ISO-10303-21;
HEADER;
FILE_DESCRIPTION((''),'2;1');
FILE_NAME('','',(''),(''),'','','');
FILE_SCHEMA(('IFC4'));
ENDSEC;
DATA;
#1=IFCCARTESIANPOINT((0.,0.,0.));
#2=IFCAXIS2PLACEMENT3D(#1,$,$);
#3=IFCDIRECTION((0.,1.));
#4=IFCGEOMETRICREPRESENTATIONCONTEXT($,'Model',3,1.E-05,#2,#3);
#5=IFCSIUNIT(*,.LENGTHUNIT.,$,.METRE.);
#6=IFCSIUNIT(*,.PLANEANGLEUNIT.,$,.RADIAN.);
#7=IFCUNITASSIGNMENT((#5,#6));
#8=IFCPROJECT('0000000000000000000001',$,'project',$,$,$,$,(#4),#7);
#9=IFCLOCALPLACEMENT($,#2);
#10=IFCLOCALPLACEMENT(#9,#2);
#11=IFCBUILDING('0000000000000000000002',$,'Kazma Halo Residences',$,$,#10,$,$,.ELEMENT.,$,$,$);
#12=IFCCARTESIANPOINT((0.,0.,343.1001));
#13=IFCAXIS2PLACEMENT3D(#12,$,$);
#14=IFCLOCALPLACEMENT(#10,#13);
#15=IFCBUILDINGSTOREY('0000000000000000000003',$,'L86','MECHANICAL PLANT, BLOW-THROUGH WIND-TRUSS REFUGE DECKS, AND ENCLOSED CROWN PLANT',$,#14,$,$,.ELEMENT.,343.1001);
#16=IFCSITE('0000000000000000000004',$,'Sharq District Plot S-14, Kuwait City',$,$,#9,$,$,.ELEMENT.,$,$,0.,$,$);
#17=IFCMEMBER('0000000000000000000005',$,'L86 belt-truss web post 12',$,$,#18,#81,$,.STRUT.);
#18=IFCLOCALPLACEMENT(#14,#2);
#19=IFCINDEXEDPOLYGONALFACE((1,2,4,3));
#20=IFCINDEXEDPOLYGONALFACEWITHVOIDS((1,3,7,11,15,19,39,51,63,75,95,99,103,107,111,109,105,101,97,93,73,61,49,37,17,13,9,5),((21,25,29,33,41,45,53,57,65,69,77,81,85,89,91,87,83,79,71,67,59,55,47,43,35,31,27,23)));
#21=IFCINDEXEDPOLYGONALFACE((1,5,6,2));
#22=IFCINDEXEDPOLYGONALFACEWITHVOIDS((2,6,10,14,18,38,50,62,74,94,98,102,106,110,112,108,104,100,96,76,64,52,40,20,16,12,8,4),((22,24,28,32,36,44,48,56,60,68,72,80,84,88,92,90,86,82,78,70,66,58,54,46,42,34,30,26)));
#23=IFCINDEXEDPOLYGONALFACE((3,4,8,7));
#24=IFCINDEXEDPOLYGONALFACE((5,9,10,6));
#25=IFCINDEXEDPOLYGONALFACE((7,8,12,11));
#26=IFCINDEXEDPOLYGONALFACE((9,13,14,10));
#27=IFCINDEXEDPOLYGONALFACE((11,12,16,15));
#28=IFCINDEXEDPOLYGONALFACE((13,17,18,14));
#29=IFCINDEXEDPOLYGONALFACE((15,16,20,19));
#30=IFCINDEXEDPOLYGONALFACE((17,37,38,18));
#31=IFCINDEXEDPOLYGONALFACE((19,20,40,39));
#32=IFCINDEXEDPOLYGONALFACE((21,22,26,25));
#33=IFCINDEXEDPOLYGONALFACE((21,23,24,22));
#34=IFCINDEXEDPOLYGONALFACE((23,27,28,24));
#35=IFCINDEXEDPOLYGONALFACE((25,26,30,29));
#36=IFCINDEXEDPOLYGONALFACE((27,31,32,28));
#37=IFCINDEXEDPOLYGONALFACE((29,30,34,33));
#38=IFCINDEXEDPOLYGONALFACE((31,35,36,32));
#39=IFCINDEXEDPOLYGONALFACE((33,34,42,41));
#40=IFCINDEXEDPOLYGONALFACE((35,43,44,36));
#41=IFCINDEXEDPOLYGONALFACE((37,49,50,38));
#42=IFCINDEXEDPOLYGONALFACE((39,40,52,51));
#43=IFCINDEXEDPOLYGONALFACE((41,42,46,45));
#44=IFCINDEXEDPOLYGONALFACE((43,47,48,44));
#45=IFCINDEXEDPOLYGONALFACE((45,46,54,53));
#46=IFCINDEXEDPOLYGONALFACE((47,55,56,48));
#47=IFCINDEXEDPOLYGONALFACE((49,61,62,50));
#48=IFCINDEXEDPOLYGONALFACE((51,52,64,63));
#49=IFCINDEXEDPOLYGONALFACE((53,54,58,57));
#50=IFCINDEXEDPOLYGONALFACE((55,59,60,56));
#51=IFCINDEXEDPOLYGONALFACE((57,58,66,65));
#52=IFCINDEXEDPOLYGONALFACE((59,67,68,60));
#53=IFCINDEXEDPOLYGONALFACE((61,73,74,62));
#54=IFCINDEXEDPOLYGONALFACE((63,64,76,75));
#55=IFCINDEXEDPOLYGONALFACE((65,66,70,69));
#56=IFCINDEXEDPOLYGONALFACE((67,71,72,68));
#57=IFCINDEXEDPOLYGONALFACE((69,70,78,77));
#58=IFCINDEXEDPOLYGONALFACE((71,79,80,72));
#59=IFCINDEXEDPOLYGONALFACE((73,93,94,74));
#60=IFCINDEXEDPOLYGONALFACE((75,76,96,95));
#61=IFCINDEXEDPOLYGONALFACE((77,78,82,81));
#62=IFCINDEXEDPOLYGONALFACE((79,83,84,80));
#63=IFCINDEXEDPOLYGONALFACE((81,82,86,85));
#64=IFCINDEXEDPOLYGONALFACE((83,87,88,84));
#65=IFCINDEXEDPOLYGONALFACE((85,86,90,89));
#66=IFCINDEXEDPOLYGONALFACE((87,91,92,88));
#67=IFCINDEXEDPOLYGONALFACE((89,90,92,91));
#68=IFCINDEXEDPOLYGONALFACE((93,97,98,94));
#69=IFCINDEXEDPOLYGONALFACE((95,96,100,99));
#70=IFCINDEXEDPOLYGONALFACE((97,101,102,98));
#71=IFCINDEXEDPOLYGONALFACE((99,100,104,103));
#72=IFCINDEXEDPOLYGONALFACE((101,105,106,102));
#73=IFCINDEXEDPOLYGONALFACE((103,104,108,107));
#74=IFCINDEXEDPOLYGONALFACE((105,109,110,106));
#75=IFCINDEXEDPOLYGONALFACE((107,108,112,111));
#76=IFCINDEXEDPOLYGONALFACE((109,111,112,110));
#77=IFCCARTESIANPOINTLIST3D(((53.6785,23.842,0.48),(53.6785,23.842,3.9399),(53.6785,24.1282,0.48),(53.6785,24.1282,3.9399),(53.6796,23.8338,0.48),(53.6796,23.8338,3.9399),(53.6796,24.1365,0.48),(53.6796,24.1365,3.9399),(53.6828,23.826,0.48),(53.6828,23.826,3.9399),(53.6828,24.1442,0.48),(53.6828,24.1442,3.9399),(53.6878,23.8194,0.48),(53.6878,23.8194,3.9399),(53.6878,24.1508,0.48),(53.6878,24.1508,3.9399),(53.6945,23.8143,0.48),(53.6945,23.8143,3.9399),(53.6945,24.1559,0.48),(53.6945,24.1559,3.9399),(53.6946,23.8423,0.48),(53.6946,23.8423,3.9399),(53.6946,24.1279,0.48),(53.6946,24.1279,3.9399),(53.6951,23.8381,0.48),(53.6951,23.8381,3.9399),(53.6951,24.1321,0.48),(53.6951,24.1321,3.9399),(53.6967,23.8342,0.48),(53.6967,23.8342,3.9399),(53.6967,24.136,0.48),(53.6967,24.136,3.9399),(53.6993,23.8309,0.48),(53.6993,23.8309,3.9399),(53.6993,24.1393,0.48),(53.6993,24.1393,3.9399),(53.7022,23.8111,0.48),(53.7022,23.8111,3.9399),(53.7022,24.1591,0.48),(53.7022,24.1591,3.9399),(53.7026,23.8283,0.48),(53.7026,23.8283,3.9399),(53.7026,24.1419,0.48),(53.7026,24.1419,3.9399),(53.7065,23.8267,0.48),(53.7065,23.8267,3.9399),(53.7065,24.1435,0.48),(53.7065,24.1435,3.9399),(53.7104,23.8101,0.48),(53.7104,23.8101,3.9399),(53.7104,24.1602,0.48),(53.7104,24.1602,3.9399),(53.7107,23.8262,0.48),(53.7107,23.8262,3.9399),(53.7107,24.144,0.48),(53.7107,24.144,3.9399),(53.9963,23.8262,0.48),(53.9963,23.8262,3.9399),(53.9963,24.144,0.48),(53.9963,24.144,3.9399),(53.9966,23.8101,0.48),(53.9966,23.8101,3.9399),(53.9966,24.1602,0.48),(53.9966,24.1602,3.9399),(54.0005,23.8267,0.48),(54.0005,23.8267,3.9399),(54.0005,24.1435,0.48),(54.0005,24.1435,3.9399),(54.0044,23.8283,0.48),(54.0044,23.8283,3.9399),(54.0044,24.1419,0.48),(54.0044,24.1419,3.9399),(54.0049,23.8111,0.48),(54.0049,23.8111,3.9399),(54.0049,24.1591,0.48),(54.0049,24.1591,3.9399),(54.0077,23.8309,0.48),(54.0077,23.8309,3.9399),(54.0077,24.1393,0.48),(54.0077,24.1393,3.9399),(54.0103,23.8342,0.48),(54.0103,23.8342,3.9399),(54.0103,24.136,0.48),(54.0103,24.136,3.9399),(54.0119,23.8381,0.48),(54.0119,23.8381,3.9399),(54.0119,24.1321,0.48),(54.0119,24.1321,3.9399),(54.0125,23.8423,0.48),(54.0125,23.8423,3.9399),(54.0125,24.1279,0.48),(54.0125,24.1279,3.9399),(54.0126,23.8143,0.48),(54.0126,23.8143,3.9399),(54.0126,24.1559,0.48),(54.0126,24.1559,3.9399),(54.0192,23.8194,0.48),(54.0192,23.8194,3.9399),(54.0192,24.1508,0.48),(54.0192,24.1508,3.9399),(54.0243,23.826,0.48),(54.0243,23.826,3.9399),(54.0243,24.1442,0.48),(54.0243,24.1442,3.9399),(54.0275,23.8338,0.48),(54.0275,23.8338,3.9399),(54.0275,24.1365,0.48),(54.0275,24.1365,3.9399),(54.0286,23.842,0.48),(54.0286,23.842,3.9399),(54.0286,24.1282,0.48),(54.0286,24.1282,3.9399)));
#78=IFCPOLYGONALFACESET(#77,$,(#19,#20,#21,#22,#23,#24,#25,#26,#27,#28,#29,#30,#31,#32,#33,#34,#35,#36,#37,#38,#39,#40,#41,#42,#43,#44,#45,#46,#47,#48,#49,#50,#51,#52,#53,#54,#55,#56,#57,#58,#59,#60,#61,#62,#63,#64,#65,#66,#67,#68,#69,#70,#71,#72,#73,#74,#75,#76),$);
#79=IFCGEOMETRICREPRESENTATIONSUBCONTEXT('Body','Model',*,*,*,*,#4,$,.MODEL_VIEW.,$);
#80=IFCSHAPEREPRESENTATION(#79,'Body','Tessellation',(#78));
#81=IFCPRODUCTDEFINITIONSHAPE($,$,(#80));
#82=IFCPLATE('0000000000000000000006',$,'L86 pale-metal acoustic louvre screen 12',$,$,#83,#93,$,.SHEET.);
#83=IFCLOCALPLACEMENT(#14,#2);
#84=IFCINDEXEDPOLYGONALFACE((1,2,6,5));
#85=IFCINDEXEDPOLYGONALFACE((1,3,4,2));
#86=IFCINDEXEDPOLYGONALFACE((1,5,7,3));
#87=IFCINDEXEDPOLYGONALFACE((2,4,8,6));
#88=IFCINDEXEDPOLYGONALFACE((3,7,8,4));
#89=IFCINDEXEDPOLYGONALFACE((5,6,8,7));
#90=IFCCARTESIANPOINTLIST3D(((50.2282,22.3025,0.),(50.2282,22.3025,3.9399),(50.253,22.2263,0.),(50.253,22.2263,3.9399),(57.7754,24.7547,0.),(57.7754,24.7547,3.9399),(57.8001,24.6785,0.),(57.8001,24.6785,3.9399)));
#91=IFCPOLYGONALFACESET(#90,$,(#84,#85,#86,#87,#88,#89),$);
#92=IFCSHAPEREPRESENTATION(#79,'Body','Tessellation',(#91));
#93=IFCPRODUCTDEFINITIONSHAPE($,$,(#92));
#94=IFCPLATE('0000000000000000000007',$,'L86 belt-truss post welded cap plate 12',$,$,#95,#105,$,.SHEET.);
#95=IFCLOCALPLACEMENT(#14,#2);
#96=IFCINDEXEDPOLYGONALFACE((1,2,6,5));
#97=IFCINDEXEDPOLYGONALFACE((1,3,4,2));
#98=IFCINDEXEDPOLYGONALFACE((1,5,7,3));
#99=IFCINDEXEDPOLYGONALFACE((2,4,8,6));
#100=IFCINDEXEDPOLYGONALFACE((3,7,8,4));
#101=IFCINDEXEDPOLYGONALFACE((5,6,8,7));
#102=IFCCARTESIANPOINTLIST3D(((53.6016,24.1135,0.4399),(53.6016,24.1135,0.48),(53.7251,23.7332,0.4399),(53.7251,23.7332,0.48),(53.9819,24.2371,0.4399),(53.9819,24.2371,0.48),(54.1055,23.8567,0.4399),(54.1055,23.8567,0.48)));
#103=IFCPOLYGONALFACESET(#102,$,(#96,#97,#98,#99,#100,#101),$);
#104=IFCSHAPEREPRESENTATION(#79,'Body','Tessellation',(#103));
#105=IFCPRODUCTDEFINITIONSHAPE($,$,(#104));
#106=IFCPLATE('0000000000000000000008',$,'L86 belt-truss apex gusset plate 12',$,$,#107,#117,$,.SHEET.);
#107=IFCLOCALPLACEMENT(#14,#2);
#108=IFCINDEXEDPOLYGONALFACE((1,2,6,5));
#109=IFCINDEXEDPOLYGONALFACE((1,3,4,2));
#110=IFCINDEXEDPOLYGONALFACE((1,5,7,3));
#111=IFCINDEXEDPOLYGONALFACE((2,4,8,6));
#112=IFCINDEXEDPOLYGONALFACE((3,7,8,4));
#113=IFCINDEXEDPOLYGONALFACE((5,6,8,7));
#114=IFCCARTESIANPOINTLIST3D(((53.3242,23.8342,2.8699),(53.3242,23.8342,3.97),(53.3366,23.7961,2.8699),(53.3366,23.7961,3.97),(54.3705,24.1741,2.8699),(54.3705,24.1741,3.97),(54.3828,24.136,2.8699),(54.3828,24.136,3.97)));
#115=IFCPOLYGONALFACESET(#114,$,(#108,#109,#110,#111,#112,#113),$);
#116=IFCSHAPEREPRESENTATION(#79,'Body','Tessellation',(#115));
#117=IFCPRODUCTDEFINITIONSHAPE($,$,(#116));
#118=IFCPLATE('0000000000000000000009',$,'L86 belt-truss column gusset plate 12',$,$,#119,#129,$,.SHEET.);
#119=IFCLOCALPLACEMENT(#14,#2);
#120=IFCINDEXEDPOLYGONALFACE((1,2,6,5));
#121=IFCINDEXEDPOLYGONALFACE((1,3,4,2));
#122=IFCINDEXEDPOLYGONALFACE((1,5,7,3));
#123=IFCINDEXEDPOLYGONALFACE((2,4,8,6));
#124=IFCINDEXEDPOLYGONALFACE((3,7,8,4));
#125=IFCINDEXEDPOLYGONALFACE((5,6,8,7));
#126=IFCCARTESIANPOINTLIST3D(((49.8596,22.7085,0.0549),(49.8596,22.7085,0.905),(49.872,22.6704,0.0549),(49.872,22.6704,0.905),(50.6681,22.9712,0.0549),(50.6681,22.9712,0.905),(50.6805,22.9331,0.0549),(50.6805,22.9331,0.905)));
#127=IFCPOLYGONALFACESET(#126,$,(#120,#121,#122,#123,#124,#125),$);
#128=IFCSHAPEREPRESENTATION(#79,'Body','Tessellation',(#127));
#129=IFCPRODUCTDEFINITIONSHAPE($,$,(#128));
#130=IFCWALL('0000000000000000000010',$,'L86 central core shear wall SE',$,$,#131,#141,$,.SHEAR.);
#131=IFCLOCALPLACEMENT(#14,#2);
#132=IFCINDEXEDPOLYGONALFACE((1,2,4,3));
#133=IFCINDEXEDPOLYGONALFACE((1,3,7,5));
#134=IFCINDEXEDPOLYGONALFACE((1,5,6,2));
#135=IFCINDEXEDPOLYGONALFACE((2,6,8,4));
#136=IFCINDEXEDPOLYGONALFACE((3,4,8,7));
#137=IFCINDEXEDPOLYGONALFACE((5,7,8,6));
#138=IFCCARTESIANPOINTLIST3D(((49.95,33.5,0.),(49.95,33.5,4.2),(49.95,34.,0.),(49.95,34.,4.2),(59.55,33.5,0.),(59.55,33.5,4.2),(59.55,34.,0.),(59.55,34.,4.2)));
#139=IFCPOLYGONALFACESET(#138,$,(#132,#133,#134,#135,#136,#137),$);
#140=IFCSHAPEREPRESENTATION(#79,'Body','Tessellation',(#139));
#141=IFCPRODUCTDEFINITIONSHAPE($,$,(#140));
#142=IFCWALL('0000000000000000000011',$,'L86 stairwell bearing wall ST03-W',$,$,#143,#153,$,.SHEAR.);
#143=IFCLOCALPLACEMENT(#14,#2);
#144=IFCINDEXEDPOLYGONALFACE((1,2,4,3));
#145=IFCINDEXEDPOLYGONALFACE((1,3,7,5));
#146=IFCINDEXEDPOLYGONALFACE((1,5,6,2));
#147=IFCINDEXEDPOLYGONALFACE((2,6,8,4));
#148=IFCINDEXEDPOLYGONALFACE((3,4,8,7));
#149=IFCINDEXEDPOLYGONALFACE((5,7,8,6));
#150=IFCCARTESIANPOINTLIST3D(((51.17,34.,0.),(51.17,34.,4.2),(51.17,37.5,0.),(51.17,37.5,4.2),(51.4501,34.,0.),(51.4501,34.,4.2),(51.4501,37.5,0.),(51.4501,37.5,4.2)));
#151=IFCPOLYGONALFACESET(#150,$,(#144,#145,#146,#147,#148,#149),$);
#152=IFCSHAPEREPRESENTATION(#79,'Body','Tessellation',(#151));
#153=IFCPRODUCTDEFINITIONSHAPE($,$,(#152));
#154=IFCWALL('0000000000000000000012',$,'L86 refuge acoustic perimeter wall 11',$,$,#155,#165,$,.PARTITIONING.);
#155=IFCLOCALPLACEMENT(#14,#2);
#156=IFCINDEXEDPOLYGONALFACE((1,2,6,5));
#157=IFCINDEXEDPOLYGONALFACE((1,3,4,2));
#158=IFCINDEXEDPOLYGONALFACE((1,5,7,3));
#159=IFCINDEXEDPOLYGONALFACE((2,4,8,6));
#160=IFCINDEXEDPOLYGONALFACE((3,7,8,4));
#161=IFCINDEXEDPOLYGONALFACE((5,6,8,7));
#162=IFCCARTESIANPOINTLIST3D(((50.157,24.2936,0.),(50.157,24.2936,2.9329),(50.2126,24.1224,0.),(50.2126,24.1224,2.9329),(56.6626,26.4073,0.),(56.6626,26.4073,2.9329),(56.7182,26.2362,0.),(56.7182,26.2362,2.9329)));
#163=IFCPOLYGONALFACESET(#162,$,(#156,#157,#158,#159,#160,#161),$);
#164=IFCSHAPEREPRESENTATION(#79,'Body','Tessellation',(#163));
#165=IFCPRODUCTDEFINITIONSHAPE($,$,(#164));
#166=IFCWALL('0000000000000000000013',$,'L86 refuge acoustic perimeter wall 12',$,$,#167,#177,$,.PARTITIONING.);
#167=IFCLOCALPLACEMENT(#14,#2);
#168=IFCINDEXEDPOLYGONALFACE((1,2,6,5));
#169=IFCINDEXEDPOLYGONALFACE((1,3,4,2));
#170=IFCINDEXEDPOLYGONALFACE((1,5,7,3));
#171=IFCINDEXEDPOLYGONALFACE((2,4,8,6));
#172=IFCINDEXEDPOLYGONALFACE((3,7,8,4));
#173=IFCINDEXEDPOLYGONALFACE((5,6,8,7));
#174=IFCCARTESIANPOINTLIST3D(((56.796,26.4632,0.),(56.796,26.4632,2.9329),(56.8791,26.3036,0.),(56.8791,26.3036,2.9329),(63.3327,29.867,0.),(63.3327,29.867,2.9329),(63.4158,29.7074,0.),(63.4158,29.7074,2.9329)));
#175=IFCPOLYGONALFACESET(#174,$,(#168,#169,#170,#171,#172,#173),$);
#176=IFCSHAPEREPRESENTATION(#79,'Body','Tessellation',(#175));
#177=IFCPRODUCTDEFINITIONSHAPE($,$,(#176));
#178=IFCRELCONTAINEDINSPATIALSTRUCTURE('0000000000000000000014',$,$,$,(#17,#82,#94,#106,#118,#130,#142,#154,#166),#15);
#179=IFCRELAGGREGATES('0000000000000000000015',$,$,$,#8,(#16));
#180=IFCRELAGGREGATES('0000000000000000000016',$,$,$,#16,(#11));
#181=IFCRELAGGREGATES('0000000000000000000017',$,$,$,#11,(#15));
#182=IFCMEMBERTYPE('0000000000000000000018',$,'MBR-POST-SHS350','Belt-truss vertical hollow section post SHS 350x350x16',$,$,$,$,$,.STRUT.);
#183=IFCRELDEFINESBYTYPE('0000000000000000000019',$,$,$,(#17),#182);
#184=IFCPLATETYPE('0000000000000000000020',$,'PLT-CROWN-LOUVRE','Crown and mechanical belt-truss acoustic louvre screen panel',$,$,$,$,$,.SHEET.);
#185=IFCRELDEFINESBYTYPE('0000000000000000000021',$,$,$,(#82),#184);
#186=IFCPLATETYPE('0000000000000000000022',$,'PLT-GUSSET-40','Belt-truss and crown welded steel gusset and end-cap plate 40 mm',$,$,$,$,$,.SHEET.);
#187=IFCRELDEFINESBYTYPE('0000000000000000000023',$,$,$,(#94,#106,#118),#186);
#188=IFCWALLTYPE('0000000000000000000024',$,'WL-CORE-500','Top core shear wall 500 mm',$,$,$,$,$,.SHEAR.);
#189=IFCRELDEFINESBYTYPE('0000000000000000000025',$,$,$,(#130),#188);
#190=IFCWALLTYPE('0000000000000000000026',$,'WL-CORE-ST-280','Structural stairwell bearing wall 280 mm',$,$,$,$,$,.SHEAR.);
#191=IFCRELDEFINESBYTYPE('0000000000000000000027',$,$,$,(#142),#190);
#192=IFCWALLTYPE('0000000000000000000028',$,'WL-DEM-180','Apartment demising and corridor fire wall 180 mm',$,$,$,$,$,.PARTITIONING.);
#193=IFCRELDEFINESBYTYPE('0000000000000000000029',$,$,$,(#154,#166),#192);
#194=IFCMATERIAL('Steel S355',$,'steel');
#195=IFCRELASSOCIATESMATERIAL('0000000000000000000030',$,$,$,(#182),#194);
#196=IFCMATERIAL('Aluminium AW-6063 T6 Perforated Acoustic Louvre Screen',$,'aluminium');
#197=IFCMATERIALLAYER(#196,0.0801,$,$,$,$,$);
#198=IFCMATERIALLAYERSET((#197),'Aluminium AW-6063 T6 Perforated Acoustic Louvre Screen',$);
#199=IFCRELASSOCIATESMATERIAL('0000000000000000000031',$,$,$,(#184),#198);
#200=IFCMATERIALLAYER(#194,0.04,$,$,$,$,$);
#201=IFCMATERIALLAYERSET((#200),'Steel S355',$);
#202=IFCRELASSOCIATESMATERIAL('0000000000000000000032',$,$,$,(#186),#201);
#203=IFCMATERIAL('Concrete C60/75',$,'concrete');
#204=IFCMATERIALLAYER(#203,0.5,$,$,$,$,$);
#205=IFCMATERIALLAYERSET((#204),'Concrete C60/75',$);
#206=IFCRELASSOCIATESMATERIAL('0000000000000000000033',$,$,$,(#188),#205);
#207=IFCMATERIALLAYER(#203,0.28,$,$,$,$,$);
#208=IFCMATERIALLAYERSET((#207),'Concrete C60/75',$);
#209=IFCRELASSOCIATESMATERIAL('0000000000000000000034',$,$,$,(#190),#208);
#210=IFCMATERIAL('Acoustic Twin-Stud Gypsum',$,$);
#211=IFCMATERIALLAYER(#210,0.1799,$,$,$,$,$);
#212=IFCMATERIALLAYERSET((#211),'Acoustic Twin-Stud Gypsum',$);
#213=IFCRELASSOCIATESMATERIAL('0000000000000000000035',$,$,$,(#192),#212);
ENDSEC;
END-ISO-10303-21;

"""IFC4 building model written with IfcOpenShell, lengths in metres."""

from ifc_helpers import new_model, si_unit, direction, frame, frame_2d, origin, origin_2d, place, context, subcontext, project, spatial, rectangle, hollow_rectangle, extrude, material, layer, layer_set, material_profile, profile_set, type_object, element, save


model = new_model("IFC4")

# Units and contexts
model_context = context("Model", 3, precision=1e-05, world=origin(), true_north=direction((0.0, 1.0)))
body_context = subcontext(model_context, "Body", "Model", "MODEL_VIEW")
ifc_project = project(units=[si_unit("LENGTHUNIT", "METRE"), si_unit("PLANEANGLEUNIT", "RADIAN")], contexts=[model_context])

# Site, building, storey
site_placement = place(None, origin())
site = spatial("IfcSite", under=ifc_project, at=site_placement, Name="Sharq District Plot S-14, Kuwait City", CompositionType="ELEMENT", RefElevation=0.0)
building_placement = place(site_placement, origin())
building = spatial("IfcBuilding", under=site, at=building_placement, Name="Kazma Halo Residences", CompositionType="ELEMENT")
storey_placement = place(building_placement, frame((0.0, 0.0, 343.1001)))
storey = spatial("IfcBuildingStorey", under=building, at=storey_placement, Name="L86", Description="MECHANICAL PLANT, BLOW-THROUGH WIND-TRUSS REFUGE DECKS, AND ENCLOSED CROWN PLANT", CompositionType="ELEMENT", Elevation=343.1001)

# Shared definitions
ifc_material_1 = material(Name="Concrete C60/75", Category="concrete")

# Shared definitions
ifc_material_2 = material(Name="Steel S355", Category="steel")

# Member
ifc_material_profile_1 = material_profile(ifc_material_2, hollow_rectangle(XDim=0.3501, YDim=0.3501, WallThickness=0.0161, InnerFilletRadius=0.0161, OuterFilletRadius=0.032, at=origin_2d()), Name="SHS350x350x16")
ifc_profile_set_1 = profile_set([ifc_material_profile_1], Name="Steel S355")
member_type_1 = type_object("IfcMemberType", Name="MBR-POST-SHS350", Description="Belt-truss vertical hollow section post SHS 350x350x16", PredefinedType="STRUT", material=ifc_profile_set_1)
member_1_placement = place(storey_placement, frame((53.8535, 23.9851, 0.48), z_axis=(0.0, 0.0, 1.0), x_axis=(1.0, 0.0, 0.0)))
element("IfcMember", 1, at=member_1_placement, inside=storey, type_object=member_type_1, Name="L86 belt-truss web post 12", PredefinedType="STRUT", context=body_context, shape_type="SweptSolid", body=[
    extrude(hollow_rectangle(XDim=0.3501, YDim=0.3501, WallThickness=0.0161, InnerFilletRadius=0.0161, OuterFilletRadius=0.032, at=origin_2d()), origin(), (0.0, 0.0, 1.0), 3.46),
])

# Plates
ifc_material_3 = material(Name="Aluminium AW-6063 T6 Perforated Acoustic Louvre Screen", Category="aluminium")
ifc_layer_1 = layer(ifc_material_3, 0.0801)
ifc_layer_set_1 = layer_set([ifc_layer_1], Name="Aluminium AW-6063 T6 Perforated Acoustic Louvre Screen")
plate_type_1 = type_object("IfcPlateType", Name="PLT-CROWN-LOUVRE", Description="Crown and mechanical belt-truss acoustic louvre screen panel", PredefinedType="SHEET", material=ifc_layer_set_1)
plate_1_placement = place(storey_placement, frame((54.0142, 23.4905, 0.0), z_axis=(0.0, 0.0, 1.0), x_axis=(0.951058, 0.309013, 0.0)))
element("IfcPlate", 2, at=plate_1_placement, inside=storey, type_object=plate_type_1, Name="L86 pale-metal acoustic louvre screen 12", PredefinedType="SHEET", context=body_context, shape_type="SweptSolid", body=[
    extrude(rectangle(XDim=7.9355, YDim=0.0801, at=origin_2d()), origin(), (0.0, 0.0, 1.0), 3.9399),
])
ifc_layer_2 = layer(ifc_material_2, 0.04)
ifc_layer_set_2 = layer_set([ifc_layer_2], Name="Steel S355")
plate_type_2 = type_object("IfcPlateType", Name="PLT-GUSSET-40", Description="Belt-truss and crown welded steel gusset and end-cap plate 40 mm", PredefinedType="SHEET", material=ifc_layer_set_2)
plate_2_placement = place(storey_placement, frame((53.8535, 23.9851, 0.4399), z_axis=(0.0, 0.0, 1.0), x_axis=(0.951058, 0.309013, 0.0)))
element("IfcPlate", 3, at=plate_2_placement, inside=storey, type_object=plate_type_2, Name="L86 belt-truss post welded cap plate 12", PredefinedType="SHEET", context=body_context, shape_type="SweptSolid", body=[
    extrude(rectangle(XDim=0.3999, YDim=0.3999, at=origin_2d()), origin(), (0.0, 0.0, 1.0), 0.04),
])
plate_3_placement = place(storey_placement, frame((53.8535, 23.9851, 2.8699), z_axis=(0.0, 0.0, 1.0), x_axis=(0.951058, 0.309013, 0.0)))
element("IfcPlate", 4, at=plate_3_placement, inside=storey, type_object=plate_type_2, Name="L86 belt-truss apex gusset plate 12", PredefinedType="SHEET", context=body_context, shape_type="SweptSolid", body=[
    extrude(rectangle(XDim=1.1001, YDim=0.04, at=origin_2d()), origin(), (0.0, 0.0, 1.0), 1.1001),
])
plate_4_placement = place(storey_placement, frame((50.27, 22.8208, 0.0549), z_axis=(0.0, 0.0, 1.0), x_axis=(0.951058, 0.309013, 0.0)))
element("IfcPlate", 5, at=plate_4_placement, inside=storey, type_object=plate_type_2, Name="L86 belt-truss column gusset plate 12", PredefinedType="SHEET", context=body_context, shape_type="SweptSolid", body=[
    extrude(rectangle(XDim=0.8501, YDim=0.04, at=origin_2d()), origin(), (0.0, 0.0, 1.0), 0.8501),
])

# Walls
ifc_layer_3 = layer(ifc_material_1, 0.5)
ifc_layer_set_3 = layer_set([ifc_layer_3], Name="Concrete C60/75")
wall_type_1 = type_object("IfcWallType", Name="WL-CORE-500", Description="Top core shear wall 500 mm", PredefinedType="SHEAR", material=ifc_layer_set_3)
wall_1_placement = place(storey_placement, frame((49.95, 33.75, 0.0), z_axis=(0.0, 0.0, 1.0), x_axis=(1.0, 0.0, 0.0)))
element("IfcWall", 6, at=wall_1_placement, inside=storey, type_object=wall_type_1, Name="L86 central core shear wall SE", PredefinedType="SHEAR", context=body_context, shape_type="SweptSolid", body=[
    extrude(rectangle(XDim=9.6001, YDim=0.5, at=frame_2d((4.8, 0.0))), origin(), (0.0, 0.0, 1.0), 4.2),
])
ifc_layer_4 = layer(ifc_material_1, 0.28)
ifc_layer_set_4 = layer_set([ifc_layer_4], Name="Concrete C60/75")
wall_type_2 = type_object("IfcWallType", Name="WL-CORE-ST-280", Description="Structural stairwell bearing wall 280 mm", PredefinedType="SHEAR", material=ifc_layer_set_4)
wall_2_placement = place(storey_placement, frame((51.3101, 34.0, 0.0), z_axis=(0.0, 0.0, 1.0), x_axis=(0.0, 1.0, 0.0)))
element("IfcWall", 7, at=wall_2_placement, inside=storey, type_object=wall_type_2, Name="L86 stairwell bearing wall ST03-W", PredefinedType="SHEAR", context=body_context, shape_type="SweptSolid", body=[
    extrude(rectangle(XDim=3.5, YDim=0.28, at=frame_2d((1.75, 0.0))), origin(), (0.0, 0.0, 1.0), 4.2),
])
ifc_material_4 = material(Name="Acoustic Twin-Stud Gypsum")
ifc_layer_5 = layer(ifc_material_4, 0.1799)
ifc_layer_set_5 = layer_set([ifc_layer_5], Name="Acoustic Twin-Stud Gypsum")
wall_type_3 = type_object("IfcWallType", Name="WL-DEM-180", Description="Apartment demising and corridor fire wall 180 mm", PredefinedType="PARTITIONING", material=ifc_layer_set_5)
wall_3_placement = place(storey_placement, frame((50.1848, 24.208, 0.0), z_axis=(0.0, 0.0, 1.0), x_axis=(0.951058, 0.309013, 0.0)))
element("IfcWall", 8, at=wall_3_placement, inside=storey, type_object=wall_type_3, Name="L86 refuge acoustic perimeter wall 11", PredefinedType="PARTITIONING", context=body_context, shape_type="SweptSolid", body=[
    extrude(rectangle(XDim=6.8403, YDim=0.1799, at=frame_2d((3.4202, 0.0))), origin(), (0.0, 0.0, 1.0), 2.9329),
])
wall_4_placement = place(storey_placement, frame((56.8374, 26.3833, 0.0), z_axis=(0.0, 0.0, 1.0), x_axis=(0.886952, 0.461862, 0.0)))
element("IfcWall", 9, at=wall_4_placement, inside=storey, type_object=wall_type_3, Name="L86 refuge acoustic perimeter wall 12", PredefinedType="PARTITIONING", context=body_context, shape_type="SweptSolid", body=[
    extrude(rectangle(XDim=7.3699, YDim=0.1799, at=frame_2d((3.6851, 0.0))), origin(), (0.0, 0.0, 1.0), 2.9329),
])

save(model, "model.ifc")
